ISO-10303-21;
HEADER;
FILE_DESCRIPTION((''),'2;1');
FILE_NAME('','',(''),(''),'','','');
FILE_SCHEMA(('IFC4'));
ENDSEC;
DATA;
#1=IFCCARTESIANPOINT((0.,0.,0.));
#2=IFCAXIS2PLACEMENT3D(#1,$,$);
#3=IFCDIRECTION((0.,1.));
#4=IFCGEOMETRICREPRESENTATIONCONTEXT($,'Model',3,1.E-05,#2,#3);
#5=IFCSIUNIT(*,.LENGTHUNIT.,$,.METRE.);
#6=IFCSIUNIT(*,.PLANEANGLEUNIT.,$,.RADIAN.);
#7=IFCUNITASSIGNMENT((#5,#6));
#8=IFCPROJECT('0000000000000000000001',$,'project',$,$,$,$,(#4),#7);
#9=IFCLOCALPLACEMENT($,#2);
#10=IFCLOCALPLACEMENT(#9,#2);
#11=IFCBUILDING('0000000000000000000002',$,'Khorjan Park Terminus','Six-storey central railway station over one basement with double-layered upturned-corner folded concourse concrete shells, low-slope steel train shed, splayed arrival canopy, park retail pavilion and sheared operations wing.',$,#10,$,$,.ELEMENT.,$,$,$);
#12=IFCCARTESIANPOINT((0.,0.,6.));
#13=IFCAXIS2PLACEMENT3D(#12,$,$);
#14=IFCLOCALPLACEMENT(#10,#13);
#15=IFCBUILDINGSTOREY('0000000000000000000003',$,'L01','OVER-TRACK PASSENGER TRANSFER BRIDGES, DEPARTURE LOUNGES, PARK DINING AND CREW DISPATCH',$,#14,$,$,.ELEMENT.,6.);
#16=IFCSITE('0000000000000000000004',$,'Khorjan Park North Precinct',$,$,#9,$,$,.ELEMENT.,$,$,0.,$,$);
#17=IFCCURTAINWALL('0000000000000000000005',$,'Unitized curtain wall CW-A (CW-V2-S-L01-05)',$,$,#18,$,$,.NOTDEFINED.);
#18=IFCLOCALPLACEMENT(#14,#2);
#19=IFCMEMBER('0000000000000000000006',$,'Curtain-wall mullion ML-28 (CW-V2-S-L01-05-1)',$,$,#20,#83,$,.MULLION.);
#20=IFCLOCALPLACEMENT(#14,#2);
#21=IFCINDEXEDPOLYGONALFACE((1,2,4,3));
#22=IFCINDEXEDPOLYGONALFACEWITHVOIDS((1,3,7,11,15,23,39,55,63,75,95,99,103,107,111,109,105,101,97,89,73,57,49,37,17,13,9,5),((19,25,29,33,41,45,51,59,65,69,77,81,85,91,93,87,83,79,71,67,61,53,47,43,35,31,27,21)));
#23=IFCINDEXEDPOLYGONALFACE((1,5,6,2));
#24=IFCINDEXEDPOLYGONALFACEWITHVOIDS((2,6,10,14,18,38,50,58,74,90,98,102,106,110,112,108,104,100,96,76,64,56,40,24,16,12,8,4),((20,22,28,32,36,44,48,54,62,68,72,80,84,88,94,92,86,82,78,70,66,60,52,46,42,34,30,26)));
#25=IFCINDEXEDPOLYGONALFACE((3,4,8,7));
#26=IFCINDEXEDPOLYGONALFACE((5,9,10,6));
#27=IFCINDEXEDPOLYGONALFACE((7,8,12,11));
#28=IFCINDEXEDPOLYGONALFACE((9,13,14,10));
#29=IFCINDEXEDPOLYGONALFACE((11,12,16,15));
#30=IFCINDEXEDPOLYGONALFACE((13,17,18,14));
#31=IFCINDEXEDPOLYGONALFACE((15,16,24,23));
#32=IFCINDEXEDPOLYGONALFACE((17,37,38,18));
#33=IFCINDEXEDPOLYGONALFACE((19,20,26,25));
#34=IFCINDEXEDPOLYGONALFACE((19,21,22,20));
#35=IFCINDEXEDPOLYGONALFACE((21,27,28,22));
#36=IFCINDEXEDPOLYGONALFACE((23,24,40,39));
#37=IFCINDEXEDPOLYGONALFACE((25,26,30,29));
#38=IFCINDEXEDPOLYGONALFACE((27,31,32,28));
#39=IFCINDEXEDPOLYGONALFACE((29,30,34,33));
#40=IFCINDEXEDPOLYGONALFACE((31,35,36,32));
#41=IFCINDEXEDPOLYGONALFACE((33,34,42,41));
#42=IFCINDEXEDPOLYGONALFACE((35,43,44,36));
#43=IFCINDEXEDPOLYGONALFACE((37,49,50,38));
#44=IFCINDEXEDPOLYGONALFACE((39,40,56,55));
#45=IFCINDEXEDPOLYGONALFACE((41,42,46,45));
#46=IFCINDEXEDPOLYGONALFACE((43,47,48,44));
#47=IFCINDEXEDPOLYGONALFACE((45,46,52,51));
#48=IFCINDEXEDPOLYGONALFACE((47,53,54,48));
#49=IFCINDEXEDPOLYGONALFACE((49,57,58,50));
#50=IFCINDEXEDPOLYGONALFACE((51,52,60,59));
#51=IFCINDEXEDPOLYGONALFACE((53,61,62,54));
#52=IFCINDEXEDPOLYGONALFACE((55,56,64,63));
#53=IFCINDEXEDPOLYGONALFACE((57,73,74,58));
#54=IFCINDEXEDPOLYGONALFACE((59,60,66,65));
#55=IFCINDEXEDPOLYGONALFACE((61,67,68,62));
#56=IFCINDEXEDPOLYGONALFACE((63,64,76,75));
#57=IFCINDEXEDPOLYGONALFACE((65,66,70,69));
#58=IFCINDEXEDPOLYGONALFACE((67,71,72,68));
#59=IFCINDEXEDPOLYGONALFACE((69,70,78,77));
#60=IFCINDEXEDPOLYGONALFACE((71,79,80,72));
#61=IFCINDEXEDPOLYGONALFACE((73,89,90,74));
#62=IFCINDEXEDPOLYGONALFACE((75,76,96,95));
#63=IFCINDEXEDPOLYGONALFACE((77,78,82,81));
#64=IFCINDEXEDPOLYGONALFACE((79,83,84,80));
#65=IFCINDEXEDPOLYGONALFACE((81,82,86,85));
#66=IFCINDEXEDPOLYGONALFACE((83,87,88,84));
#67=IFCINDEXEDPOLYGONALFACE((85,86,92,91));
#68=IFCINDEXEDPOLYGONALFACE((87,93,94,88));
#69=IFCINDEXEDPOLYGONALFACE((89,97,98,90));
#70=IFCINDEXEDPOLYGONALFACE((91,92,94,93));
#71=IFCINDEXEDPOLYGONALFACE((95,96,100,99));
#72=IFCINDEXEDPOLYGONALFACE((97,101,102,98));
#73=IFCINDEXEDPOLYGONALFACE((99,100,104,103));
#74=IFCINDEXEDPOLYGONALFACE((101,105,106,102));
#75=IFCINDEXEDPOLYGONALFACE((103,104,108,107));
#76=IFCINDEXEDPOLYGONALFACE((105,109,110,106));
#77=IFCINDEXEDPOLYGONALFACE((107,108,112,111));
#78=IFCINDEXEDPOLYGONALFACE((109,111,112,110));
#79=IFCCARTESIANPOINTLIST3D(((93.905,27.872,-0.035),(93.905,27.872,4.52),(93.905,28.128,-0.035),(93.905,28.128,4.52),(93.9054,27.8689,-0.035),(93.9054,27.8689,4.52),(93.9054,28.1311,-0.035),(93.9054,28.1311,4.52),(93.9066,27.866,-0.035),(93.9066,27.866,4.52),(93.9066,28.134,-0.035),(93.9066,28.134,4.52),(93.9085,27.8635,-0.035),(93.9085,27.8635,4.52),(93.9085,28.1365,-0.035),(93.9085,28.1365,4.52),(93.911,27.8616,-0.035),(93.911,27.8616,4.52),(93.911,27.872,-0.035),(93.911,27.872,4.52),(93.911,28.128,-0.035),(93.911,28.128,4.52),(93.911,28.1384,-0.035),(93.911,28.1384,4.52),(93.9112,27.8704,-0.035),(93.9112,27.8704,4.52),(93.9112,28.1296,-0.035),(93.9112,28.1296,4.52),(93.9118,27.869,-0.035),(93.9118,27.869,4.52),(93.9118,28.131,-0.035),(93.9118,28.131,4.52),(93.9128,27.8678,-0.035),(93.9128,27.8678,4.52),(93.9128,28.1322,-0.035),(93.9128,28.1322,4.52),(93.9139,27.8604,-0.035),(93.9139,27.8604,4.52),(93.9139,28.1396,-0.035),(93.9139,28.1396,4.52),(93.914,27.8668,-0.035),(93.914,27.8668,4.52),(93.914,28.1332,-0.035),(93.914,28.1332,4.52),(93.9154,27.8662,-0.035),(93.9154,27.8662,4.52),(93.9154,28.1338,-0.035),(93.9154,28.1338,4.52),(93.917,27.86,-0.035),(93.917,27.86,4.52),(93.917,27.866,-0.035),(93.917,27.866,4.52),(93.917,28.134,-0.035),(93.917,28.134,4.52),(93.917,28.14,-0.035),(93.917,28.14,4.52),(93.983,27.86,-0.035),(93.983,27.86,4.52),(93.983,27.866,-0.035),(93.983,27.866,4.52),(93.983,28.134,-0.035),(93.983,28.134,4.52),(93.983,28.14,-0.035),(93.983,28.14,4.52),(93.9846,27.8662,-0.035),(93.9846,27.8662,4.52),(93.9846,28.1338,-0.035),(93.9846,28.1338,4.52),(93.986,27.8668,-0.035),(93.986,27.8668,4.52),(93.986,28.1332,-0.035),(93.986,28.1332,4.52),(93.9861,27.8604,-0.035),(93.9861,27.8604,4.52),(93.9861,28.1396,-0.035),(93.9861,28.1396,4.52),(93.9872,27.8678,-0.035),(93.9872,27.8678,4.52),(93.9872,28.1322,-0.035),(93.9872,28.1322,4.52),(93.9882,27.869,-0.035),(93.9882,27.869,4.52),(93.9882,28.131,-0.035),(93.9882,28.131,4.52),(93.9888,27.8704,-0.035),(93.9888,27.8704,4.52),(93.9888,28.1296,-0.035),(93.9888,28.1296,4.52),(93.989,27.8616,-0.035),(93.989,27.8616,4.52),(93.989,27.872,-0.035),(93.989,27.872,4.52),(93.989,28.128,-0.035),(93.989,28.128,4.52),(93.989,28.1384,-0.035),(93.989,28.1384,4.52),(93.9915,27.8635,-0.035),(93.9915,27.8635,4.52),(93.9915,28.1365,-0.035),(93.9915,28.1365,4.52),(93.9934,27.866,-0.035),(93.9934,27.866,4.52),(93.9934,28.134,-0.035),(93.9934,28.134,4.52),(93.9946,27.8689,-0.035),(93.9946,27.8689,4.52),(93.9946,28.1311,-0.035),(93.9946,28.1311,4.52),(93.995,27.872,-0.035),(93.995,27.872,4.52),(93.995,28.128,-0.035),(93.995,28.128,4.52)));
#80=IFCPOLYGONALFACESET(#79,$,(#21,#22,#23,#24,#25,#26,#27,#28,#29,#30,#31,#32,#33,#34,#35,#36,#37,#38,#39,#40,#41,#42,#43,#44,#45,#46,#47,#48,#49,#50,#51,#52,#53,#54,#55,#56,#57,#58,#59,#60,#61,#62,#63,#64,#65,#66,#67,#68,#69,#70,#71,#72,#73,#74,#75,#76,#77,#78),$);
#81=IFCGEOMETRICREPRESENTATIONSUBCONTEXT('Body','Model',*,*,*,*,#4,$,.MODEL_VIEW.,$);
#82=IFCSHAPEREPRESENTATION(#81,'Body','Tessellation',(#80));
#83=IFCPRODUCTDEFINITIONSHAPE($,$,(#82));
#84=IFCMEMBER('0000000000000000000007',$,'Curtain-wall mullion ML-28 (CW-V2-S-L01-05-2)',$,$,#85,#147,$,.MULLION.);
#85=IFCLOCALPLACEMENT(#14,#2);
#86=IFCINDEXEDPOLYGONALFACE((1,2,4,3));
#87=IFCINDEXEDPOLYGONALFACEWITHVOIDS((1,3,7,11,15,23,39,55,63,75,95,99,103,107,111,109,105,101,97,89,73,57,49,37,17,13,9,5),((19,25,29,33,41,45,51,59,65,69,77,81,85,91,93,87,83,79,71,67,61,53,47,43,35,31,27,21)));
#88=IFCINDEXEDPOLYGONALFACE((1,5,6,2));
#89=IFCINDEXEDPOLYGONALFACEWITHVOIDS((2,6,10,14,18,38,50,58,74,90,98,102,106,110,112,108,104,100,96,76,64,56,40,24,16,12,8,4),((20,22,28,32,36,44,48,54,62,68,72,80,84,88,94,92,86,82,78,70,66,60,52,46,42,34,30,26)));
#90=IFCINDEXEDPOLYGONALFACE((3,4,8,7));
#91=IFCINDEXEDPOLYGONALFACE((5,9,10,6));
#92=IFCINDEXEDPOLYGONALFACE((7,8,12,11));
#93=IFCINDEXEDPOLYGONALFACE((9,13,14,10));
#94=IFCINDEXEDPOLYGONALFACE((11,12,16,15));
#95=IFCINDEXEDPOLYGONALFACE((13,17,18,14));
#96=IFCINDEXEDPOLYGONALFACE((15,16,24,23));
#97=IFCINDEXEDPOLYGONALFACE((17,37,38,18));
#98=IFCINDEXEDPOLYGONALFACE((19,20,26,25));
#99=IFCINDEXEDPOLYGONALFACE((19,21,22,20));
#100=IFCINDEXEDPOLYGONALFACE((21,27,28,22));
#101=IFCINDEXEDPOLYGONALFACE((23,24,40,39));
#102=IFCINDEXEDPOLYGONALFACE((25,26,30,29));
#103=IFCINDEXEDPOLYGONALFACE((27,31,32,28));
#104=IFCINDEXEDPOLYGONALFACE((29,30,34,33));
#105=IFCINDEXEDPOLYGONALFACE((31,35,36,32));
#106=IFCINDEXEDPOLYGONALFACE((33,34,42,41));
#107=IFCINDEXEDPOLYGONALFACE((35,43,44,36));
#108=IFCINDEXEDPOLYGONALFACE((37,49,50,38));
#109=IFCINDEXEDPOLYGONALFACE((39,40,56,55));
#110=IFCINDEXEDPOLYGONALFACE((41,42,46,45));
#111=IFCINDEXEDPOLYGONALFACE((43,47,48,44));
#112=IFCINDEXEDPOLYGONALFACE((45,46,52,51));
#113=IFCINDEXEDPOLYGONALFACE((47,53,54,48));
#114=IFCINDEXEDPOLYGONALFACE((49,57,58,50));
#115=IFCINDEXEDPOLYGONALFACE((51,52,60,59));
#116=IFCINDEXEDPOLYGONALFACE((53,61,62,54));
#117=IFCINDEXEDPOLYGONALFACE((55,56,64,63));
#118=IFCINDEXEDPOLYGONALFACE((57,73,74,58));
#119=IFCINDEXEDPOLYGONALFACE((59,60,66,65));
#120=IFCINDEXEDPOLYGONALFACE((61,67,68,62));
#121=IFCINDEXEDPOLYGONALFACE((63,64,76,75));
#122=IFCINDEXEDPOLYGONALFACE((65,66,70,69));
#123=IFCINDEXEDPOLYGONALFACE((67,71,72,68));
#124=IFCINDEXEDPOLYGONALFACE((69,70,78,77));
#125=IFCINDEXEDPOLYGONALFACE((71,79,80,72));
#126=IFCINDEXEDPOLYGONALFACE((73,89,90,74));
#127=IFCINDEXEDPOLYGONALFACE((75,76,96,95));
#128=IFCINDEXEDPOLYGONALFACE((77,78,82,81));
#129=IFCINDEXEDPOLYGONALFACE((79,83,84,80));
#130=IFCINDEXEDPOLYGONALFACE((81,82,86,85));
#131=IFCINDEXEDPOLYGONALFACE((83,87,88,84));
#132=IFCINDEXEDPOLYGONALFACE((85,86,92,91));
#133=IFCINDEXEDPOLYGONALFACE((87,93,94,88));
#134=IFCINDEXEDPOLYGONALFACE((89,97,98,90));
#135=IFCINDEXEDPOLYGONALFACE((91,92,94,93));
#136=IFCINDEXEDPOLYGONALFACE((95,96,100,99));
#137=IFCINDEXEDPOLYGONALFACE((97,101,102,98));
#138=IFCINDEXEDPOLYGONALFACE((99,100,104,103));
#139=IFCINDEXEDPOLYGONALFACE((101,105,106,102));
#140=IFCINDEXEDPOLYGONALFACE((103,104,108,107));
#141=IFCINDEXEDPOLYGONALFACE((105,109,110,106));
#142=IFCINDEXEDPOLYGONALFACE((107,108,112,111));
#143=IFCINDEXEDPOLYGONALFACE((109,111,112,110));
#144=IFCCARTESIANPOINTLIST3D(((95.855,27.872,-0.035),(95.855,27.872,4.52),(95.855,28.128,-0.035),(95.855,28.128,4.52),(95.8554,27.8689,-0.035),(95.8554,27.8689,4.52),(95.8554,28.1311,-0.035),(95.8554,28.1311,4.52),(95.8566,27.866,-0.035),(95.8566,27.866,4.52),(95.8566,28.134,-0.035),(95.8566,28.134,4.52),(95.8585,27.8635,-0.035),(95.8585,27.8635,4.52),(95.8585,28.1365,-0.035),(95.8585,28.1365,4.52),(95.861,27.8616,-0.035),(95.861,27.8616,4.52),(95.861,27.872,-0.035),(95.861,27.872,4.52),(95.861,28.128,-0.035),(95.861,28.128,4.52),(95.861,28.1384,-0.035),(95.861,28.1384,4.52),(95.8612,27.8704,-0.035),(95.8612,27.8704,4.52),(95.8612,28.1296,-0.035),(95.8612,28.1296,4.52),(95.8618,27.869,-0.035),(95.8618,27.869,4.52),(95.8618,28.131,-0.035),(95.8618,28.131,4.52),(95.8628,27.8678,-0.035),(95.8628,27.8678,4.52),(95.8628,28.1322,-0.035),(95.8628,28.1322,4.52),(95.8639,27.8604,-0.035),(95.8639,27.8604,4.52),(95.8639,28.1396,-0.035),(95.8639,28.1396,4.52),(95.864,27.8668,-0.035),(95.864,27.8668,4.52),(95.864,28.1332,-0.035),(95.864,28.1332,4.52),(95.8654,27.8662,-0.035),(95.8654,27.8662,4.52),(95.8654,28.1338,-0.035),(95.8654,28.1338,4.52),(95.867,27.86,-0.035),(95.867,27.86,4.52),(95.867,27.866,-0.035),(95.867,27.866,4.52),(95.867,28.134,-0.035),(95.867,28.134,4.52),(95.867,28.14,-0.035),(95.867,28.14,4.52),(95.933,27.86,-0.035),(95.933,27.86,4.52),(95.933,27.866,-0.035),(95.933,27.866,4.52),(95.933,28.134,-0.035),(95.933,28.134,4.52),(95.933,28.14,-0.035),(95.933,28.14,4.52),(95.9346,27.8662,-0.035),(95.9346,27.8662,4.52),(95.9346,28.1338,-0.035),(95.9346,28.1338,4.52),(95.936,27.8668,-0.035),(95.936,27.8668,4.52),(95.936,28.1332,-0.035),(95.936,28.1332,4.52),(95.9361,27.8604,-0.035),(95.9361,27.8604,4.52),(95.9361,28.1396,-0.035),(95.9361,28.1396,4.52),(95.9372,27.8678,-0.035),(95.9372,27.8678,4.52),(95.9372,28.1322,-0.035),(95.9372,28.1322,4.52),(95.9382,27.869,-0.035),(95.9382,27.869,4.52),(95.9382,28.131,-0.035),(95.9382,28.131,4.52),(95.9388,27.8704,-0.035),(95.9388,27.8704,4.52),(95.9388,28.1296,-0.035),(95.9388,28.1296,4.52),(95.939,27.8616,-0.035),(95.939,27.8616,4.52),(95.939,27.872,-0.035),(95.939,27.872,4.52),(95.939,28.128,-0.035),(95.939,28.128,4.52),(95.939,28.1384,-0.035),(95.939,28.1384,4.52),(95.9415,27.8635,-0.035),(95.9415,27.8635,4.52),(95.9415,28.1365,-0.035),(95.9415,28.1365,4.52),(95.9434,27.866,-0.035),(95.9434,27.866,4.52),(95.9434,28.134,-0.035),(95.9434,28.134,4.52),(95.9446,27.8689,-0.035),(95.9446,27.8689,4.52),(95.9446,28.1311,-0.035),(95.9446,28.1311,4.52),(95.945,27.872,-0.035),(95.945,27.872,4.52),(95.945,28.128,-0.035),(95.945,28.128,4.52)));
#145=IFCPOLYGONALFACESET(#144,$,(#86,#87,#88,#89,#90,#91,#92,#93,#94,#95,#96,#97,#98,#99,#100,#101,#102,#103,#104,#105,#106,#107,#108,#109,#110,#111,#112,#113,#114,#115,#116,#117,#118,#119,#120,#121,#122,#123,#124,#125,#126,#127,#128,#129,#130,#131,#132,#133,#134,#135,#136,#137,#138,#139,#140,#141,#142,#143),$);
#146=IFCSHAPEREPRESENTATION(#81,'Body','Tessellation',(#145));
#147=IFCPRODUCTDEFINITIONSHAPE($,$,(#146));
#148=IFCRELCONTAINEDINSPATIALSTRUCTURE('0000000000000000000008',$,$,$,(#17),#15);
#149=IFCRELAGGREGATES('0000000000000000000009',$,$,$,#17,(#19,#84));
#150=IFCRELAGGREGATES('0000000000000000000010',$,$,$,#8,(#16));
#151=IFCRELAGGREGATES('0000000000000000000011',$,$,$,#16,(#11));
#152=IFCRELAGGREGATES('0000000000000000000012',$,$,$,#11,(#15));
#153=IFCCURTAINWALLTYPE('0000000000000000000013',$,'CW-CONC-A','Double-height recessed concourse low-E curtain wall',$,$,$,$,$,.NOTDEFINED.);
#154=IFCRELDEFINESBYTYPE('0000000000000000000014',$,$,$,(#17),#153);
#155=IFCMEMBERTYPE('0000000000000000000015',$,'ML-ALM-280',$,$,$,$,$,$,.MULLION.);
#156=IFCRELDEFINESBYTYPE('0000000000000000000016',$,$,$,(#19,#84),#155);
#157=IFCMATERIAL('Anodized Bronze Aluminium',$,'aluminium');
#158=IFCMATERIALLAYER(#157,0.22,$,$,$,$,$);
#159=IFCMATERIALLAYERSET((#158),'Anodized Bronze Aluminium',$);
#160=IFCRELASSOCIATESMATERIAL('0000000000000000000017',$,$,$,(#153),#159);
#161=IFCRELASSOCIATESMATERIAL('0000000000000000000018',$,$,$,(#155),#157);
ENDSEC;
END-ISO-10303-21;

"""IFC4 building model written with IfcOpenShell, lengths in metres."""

from ifc_helpers import new_model, si_unit, direction, frame, origin, origin_2d, place, context, subcontext, project, spatial, hollow_rectangle, extrude, material, layer, layer_set, material_profile, profile_set, type_object, element, aggregate, save


model = new_model("IFC4")

# Units and contexts
model_context = context("Model", 3, precision=1e-05, world=origin(), true_north=direction((0.0, 1.0)))
body_context = subcontext(model_context, "Body", "Model", "MODEL_VIEW")
ifc_project = project(units=[si_unit("LENGTHUNIT", "METRE"), si_unit("PLANEANGLEUNIT", "RADIAN")], contexts=[model_context])

# Site, building, storey
site_placement = place(None, origin())
site = spatial("IfcSite", under=ifc_project, at=site_placement, Name="Khorjan Park North Precinct", CompositionType="ELEMENT", RefElevation=0.0)
building_placement = place(site_placement, origin())
building = spatial("IfcBuilding", under=site, at=building_placement, Name="Khorjan Park Terminus", Description="Six-storey central railway station over one basement with double-layered upturned-corner folded concourse concrete shells, low-slope steel train shed, splayed arrival canopy, park retail pavilion and sheared operations wing.", CompositionType="ELEMENT")
storey_placement = place(building_placement, frame((0.0, 0.0, 6.0)))
storey = spatial("IfcBuildingStorey", under=building, at=storey_placement, Name="L01", Description="OVER-TRACK PASSENGER TRANSFER BRIDGES, DEPARTURE LOUNGES, PARK DINING AND CREW DISPATCH", CompositionType="ELEMENT", Elevation=6.0)

# Shared definitions
ifc_material_1 = material(Name="Anodized Bronze Aluminium", Category="aluminium")
ifc_layer_1 = layer(ifc_material_1, 0.22)
ifc_layer_set_1 = layer_set([ifc_layer_1], Name="Anodized Bronze Aluminium")
curtain_wall_type = type_object("IfcCurtainWallType", Name="CW-CONC-A", Description="Double-height recessed concourse low-E curtain wall", PredefinedType="NOTDEFINED", material=ifc_layer_set_1)
ifc_material_profile_1 = material_profile(ifc_material_1, hollow_rectangle(XDim=0.09, YDim=0.28, WallThickness=0.006, InnerFilletRadius=0.006, OuterFilletRadius=0.012, at=origin_2d()), Name="ALM 90x280x6")
ifc_profile_set_1 = profile_set([ifc_material_profile_1], Name="Anodized Bronze Aluminium")
member_type_1 = type_object("IfcMemberType", Name="ML-ALM-280", PredefinedType="MULLION", material=ifc_profile_set_1)

# Curtain wall, members
curtain_wall_1_placement = place(storey_placement, origin())
curtain_wall_1 = element("IfcCurtainWall", 1, at=curtain_wall_1_placement, inside=storey, type_object=curtain_wall_type, Name="Unitized curtain wall CW-A (CW-V2-S-L01-05)", PredefinedType="NOTDEFINED")
member_1_placement = place(storey_placement, frame((93.95, 28.0, -0.035), z_axis=(0.0, 0.0, 1.0), x_axis=(1.0, 0.0, 0.0)))
member_1 = element("IfcMember", 2, at=member_1_placement, type_object=member_type_1, Name="Curtain-wall mullion ML-28 (CW-V2-S-L01-05-1)", PredefinedType="MULLION", context=body_context, shape_type="SweptSolid", body=[
    extrude(hollow_rectangle(XDim=0.09, YDim=0.28, WallThickness=0.006, InnerFilletRadius=0.006, OuterFilletRadius=0.012, at=origin_2d()), origin(), (0.0, 0.0, 1.0), 4.555),
])
member_2_placement = place(storey_placement, frame((95.9, 28.0, -0.035), z_axis=(0.0, 0.0, 1.0), x_axis=(1.0, 0.0, 0.0)))
member_2 = element("IfcMember", 3, at=member_2_placement, type_object=member_type_1, Name="Curtain-wall mullion ML-28 (CW-V2-S-L01-05-2)", PredefinedType="MULLION", context=body_context, shape_type="SweptSolid", body=[
    extrude(hollow_rectangle(XDim=0.09, YDim=0.28, WallThickness=0.006, InnerFilletRadius=0.006, OuterFilletRadius=0.012, at=origin_2d()), origin(), (0.0, 0.0, 1.0), 4.555),
])

aggregate(curtain_wall_1, [member_1, member_2])

save(model, "model.ifc")
